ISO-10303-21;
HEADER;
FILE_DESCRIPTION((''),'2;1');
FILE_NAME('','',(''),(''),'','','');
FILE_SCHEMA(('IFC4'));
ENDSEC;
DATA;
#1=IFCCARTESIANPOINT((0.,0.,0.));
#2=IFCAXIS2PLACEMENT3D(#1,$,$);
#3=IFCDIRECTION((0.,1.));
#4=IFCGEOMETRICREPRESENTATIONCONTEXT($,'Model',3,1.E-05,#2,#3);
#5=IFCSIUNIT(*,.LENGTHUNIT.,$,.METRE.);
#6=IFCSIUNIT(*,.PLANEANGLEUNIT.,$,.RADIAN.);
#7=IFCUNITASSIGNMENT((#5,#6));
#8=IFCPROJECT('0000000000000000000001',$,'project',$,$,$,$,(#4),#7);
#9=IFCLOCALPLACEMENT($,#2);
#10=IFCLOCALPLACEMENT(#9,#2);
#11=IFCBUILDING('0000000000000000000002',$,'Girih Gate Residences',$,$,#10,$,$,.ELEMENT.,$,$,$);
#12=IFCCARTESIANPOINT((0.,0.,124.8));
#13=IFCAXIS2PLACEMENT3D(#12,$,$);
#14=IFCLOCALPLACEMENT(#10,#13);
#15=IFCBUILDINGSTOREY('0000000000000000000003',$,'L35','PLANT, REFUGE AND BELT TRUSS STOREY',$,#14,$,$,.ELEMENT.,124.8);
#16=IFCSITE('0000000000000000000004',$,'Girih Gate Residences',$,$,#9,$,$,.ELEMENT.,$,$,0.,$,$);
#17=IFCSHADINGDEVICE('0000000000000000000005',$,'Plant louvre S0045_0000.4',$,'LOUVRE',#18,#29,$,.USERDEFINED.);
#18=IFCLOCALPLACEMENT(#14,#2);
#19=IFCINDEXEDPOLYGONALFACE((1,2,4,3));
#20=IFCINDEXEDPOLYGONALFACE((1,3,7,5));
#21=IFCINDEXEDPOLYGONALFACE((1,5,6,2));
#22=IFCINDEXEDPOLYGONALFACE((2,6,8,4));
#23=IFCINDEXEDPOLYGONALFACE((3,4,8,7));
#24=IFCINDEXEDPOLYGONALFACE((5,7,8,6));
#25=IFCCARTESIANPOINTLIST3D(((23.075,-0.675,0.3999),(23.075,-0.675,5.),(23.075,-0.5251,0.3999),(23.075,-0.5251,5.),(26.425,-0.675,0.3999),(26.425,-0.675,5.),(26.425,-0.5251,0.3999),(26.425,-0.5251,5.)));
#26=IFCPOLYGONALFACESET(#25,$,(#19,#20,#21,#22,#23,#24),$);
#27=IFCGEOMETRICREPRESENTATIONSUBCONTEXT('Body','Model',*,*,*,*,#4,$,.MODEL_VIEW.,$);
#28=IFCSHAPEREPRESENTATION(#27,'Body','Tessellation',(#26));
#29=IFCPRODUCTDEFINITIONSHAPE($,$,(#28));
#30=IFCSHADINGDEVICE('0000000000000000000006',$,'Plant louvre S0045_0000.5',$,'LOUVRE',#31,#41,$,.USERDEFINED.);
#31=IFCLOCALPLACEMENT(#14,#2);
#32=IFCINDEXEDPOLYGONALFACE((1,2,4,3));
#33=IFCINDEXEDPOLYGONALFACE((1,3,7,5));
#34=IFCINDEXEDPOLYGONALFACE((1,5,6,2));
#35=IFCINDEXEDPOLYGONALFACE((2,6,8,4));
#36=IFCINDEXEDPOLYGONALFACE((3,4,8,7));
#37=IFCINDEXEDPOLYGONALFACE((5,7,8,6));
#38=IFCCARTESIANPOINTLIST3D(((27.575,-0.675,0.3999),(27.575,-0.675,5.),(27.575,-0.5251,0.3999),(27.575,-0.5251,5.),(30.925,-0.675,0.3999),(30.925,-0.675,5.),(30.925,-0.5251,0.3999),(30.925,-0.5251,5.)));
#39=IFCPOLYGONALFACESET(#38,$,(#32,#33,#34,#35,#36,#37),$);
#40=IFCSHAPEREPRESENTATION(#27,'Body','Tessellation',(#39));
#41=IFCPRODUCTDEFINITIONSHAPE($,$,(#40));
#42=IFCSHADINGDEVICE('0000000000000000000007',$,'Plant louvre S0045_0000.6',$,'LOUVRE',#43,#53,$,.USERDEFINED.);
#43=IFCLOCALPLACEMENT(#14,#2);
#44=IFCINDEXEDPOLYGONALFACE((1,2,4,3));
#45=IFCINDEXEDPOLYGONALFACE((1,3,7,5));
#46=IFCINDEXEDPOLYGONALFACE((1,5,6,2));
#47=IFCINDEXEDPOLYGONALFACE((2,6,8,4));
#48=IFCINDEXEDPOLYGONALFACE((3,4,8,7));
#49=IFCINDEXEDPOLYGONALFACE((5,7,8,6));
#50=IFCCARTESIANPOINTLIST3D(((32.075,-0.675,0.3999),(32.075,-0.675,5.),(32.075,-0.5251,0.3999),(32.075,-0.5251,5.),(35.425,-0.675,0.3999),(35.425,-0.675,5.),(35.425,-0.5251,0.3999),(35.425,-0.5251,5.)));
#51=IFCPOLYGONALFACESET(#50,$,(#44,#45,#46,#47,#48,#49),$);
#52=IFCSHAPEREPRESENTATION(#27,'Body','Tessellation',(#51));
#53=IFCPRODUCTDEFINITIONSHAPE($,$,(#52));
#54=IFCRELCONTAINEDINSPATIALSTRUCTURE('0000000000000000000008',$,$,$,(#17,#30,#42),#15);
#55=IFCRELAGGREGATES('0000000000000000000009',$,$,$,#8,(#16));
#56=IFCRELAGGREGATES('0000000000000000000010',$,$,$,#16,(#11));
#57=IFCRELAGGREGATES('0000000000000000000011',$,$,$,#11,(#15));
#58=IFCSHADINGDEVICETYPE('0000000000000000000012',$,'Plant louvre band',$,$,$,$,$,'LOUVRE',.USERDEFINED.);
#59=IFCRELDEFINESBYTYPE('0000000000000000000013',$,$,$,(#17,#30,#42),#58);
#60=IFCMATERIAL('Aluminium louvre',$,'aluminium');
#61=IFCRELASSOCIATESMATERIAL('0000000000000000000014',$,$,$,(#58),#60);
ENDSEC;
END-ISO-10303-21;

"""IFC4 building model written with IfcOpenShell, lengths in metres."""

from ifc_helpers import new_model, si_unit, direction, frame, origin, origin_2d, place, context, subcontext, project, spatial, rectangle, extrude, material, type_object, element, save


model = new_model("IFC4")

# Units and contexts
model_context = context("Model", 3, precision=1e-05, world=origin(), true_north=direction((0.0, 1.0)))
body_context = subcontext(model_context, "Body", "Model", "MODEL_VIEW")
ifc_project = project(units=[si_unit("LENGTHUNIT", "METRE"), si_unit("PLANEANGLEUNIT", "RADIAN")], contexts=[model_context])

# Site, building, storey
site_placement = place(None, origin())
site = spatial("IfcSite", under=ifc_project, at=site_placement, Name="Girih Gate Residences", CompositionType="ELEMENT", RefElevation=0.0)
building_placement = place(site_placement, origin())
building = spatial("IfcBuilding", under=site, at=building_placement, Name="Girih Gate Residences", CompositionType="ELEMENT")
storey_placement = place(building_placement, frame((0.0, 0.0, 124.8)))
storey = spatial("IfcBuildingStorey", under=building, at=storey_placement, Name="L35", Description="PLANT, REFUGE AND BELT TRUSS STOREY", CompositionType="ELEMENT", Elevation=124.8)

# Shading devices
ifc_material_1 = material(Name="Aluminium louvre", Category="aluminium")
shading_device_type = type_object("IfcShadingDeviceType", Name="Plant louvre band", ElementType="LOUVRE", PredefinedType="USERDEFINED", material=ifc_material_1)
for number, where, z_axis, x_axis, name in (
    (1, (24.75, -0.6001, 0.3999), (0.0, 0.0, 1.0), (1.0, 0.0, 0.0), "Plant louvre S0045_0000.4"),
    (2, (29.25, -0.6001, 0.3999), (0.0, 0.0, 1.0), (1.0, 0.0, 0.0), "Plant louvre S0045_0000.5"),
    (3, (33.75, -0.6001, 0.3999), (0.0, 0.0, 1.0), (1.0, 0.0, 0.0), "Plant louvre S0045_0000.6"),
):
    element("IfcShadingDevice", number, at=place(storey_placement, frame(where, z_axis=z_axis, x_axis=x_axis)), inside=storey, type_object=shading_device_type, Name=name, ObjectType="LOUVRE", PredefinedType="USERDEFINED", context=body_context, shape_type="SweptSolid", body=[
        extrude(rectangle(XDim=3.3501, YDim=0.1499, at=origin_2d()), origin(), (0.0, 0.0, 1.0), 4.6001),
    ])

save(model, "model.ifc")
